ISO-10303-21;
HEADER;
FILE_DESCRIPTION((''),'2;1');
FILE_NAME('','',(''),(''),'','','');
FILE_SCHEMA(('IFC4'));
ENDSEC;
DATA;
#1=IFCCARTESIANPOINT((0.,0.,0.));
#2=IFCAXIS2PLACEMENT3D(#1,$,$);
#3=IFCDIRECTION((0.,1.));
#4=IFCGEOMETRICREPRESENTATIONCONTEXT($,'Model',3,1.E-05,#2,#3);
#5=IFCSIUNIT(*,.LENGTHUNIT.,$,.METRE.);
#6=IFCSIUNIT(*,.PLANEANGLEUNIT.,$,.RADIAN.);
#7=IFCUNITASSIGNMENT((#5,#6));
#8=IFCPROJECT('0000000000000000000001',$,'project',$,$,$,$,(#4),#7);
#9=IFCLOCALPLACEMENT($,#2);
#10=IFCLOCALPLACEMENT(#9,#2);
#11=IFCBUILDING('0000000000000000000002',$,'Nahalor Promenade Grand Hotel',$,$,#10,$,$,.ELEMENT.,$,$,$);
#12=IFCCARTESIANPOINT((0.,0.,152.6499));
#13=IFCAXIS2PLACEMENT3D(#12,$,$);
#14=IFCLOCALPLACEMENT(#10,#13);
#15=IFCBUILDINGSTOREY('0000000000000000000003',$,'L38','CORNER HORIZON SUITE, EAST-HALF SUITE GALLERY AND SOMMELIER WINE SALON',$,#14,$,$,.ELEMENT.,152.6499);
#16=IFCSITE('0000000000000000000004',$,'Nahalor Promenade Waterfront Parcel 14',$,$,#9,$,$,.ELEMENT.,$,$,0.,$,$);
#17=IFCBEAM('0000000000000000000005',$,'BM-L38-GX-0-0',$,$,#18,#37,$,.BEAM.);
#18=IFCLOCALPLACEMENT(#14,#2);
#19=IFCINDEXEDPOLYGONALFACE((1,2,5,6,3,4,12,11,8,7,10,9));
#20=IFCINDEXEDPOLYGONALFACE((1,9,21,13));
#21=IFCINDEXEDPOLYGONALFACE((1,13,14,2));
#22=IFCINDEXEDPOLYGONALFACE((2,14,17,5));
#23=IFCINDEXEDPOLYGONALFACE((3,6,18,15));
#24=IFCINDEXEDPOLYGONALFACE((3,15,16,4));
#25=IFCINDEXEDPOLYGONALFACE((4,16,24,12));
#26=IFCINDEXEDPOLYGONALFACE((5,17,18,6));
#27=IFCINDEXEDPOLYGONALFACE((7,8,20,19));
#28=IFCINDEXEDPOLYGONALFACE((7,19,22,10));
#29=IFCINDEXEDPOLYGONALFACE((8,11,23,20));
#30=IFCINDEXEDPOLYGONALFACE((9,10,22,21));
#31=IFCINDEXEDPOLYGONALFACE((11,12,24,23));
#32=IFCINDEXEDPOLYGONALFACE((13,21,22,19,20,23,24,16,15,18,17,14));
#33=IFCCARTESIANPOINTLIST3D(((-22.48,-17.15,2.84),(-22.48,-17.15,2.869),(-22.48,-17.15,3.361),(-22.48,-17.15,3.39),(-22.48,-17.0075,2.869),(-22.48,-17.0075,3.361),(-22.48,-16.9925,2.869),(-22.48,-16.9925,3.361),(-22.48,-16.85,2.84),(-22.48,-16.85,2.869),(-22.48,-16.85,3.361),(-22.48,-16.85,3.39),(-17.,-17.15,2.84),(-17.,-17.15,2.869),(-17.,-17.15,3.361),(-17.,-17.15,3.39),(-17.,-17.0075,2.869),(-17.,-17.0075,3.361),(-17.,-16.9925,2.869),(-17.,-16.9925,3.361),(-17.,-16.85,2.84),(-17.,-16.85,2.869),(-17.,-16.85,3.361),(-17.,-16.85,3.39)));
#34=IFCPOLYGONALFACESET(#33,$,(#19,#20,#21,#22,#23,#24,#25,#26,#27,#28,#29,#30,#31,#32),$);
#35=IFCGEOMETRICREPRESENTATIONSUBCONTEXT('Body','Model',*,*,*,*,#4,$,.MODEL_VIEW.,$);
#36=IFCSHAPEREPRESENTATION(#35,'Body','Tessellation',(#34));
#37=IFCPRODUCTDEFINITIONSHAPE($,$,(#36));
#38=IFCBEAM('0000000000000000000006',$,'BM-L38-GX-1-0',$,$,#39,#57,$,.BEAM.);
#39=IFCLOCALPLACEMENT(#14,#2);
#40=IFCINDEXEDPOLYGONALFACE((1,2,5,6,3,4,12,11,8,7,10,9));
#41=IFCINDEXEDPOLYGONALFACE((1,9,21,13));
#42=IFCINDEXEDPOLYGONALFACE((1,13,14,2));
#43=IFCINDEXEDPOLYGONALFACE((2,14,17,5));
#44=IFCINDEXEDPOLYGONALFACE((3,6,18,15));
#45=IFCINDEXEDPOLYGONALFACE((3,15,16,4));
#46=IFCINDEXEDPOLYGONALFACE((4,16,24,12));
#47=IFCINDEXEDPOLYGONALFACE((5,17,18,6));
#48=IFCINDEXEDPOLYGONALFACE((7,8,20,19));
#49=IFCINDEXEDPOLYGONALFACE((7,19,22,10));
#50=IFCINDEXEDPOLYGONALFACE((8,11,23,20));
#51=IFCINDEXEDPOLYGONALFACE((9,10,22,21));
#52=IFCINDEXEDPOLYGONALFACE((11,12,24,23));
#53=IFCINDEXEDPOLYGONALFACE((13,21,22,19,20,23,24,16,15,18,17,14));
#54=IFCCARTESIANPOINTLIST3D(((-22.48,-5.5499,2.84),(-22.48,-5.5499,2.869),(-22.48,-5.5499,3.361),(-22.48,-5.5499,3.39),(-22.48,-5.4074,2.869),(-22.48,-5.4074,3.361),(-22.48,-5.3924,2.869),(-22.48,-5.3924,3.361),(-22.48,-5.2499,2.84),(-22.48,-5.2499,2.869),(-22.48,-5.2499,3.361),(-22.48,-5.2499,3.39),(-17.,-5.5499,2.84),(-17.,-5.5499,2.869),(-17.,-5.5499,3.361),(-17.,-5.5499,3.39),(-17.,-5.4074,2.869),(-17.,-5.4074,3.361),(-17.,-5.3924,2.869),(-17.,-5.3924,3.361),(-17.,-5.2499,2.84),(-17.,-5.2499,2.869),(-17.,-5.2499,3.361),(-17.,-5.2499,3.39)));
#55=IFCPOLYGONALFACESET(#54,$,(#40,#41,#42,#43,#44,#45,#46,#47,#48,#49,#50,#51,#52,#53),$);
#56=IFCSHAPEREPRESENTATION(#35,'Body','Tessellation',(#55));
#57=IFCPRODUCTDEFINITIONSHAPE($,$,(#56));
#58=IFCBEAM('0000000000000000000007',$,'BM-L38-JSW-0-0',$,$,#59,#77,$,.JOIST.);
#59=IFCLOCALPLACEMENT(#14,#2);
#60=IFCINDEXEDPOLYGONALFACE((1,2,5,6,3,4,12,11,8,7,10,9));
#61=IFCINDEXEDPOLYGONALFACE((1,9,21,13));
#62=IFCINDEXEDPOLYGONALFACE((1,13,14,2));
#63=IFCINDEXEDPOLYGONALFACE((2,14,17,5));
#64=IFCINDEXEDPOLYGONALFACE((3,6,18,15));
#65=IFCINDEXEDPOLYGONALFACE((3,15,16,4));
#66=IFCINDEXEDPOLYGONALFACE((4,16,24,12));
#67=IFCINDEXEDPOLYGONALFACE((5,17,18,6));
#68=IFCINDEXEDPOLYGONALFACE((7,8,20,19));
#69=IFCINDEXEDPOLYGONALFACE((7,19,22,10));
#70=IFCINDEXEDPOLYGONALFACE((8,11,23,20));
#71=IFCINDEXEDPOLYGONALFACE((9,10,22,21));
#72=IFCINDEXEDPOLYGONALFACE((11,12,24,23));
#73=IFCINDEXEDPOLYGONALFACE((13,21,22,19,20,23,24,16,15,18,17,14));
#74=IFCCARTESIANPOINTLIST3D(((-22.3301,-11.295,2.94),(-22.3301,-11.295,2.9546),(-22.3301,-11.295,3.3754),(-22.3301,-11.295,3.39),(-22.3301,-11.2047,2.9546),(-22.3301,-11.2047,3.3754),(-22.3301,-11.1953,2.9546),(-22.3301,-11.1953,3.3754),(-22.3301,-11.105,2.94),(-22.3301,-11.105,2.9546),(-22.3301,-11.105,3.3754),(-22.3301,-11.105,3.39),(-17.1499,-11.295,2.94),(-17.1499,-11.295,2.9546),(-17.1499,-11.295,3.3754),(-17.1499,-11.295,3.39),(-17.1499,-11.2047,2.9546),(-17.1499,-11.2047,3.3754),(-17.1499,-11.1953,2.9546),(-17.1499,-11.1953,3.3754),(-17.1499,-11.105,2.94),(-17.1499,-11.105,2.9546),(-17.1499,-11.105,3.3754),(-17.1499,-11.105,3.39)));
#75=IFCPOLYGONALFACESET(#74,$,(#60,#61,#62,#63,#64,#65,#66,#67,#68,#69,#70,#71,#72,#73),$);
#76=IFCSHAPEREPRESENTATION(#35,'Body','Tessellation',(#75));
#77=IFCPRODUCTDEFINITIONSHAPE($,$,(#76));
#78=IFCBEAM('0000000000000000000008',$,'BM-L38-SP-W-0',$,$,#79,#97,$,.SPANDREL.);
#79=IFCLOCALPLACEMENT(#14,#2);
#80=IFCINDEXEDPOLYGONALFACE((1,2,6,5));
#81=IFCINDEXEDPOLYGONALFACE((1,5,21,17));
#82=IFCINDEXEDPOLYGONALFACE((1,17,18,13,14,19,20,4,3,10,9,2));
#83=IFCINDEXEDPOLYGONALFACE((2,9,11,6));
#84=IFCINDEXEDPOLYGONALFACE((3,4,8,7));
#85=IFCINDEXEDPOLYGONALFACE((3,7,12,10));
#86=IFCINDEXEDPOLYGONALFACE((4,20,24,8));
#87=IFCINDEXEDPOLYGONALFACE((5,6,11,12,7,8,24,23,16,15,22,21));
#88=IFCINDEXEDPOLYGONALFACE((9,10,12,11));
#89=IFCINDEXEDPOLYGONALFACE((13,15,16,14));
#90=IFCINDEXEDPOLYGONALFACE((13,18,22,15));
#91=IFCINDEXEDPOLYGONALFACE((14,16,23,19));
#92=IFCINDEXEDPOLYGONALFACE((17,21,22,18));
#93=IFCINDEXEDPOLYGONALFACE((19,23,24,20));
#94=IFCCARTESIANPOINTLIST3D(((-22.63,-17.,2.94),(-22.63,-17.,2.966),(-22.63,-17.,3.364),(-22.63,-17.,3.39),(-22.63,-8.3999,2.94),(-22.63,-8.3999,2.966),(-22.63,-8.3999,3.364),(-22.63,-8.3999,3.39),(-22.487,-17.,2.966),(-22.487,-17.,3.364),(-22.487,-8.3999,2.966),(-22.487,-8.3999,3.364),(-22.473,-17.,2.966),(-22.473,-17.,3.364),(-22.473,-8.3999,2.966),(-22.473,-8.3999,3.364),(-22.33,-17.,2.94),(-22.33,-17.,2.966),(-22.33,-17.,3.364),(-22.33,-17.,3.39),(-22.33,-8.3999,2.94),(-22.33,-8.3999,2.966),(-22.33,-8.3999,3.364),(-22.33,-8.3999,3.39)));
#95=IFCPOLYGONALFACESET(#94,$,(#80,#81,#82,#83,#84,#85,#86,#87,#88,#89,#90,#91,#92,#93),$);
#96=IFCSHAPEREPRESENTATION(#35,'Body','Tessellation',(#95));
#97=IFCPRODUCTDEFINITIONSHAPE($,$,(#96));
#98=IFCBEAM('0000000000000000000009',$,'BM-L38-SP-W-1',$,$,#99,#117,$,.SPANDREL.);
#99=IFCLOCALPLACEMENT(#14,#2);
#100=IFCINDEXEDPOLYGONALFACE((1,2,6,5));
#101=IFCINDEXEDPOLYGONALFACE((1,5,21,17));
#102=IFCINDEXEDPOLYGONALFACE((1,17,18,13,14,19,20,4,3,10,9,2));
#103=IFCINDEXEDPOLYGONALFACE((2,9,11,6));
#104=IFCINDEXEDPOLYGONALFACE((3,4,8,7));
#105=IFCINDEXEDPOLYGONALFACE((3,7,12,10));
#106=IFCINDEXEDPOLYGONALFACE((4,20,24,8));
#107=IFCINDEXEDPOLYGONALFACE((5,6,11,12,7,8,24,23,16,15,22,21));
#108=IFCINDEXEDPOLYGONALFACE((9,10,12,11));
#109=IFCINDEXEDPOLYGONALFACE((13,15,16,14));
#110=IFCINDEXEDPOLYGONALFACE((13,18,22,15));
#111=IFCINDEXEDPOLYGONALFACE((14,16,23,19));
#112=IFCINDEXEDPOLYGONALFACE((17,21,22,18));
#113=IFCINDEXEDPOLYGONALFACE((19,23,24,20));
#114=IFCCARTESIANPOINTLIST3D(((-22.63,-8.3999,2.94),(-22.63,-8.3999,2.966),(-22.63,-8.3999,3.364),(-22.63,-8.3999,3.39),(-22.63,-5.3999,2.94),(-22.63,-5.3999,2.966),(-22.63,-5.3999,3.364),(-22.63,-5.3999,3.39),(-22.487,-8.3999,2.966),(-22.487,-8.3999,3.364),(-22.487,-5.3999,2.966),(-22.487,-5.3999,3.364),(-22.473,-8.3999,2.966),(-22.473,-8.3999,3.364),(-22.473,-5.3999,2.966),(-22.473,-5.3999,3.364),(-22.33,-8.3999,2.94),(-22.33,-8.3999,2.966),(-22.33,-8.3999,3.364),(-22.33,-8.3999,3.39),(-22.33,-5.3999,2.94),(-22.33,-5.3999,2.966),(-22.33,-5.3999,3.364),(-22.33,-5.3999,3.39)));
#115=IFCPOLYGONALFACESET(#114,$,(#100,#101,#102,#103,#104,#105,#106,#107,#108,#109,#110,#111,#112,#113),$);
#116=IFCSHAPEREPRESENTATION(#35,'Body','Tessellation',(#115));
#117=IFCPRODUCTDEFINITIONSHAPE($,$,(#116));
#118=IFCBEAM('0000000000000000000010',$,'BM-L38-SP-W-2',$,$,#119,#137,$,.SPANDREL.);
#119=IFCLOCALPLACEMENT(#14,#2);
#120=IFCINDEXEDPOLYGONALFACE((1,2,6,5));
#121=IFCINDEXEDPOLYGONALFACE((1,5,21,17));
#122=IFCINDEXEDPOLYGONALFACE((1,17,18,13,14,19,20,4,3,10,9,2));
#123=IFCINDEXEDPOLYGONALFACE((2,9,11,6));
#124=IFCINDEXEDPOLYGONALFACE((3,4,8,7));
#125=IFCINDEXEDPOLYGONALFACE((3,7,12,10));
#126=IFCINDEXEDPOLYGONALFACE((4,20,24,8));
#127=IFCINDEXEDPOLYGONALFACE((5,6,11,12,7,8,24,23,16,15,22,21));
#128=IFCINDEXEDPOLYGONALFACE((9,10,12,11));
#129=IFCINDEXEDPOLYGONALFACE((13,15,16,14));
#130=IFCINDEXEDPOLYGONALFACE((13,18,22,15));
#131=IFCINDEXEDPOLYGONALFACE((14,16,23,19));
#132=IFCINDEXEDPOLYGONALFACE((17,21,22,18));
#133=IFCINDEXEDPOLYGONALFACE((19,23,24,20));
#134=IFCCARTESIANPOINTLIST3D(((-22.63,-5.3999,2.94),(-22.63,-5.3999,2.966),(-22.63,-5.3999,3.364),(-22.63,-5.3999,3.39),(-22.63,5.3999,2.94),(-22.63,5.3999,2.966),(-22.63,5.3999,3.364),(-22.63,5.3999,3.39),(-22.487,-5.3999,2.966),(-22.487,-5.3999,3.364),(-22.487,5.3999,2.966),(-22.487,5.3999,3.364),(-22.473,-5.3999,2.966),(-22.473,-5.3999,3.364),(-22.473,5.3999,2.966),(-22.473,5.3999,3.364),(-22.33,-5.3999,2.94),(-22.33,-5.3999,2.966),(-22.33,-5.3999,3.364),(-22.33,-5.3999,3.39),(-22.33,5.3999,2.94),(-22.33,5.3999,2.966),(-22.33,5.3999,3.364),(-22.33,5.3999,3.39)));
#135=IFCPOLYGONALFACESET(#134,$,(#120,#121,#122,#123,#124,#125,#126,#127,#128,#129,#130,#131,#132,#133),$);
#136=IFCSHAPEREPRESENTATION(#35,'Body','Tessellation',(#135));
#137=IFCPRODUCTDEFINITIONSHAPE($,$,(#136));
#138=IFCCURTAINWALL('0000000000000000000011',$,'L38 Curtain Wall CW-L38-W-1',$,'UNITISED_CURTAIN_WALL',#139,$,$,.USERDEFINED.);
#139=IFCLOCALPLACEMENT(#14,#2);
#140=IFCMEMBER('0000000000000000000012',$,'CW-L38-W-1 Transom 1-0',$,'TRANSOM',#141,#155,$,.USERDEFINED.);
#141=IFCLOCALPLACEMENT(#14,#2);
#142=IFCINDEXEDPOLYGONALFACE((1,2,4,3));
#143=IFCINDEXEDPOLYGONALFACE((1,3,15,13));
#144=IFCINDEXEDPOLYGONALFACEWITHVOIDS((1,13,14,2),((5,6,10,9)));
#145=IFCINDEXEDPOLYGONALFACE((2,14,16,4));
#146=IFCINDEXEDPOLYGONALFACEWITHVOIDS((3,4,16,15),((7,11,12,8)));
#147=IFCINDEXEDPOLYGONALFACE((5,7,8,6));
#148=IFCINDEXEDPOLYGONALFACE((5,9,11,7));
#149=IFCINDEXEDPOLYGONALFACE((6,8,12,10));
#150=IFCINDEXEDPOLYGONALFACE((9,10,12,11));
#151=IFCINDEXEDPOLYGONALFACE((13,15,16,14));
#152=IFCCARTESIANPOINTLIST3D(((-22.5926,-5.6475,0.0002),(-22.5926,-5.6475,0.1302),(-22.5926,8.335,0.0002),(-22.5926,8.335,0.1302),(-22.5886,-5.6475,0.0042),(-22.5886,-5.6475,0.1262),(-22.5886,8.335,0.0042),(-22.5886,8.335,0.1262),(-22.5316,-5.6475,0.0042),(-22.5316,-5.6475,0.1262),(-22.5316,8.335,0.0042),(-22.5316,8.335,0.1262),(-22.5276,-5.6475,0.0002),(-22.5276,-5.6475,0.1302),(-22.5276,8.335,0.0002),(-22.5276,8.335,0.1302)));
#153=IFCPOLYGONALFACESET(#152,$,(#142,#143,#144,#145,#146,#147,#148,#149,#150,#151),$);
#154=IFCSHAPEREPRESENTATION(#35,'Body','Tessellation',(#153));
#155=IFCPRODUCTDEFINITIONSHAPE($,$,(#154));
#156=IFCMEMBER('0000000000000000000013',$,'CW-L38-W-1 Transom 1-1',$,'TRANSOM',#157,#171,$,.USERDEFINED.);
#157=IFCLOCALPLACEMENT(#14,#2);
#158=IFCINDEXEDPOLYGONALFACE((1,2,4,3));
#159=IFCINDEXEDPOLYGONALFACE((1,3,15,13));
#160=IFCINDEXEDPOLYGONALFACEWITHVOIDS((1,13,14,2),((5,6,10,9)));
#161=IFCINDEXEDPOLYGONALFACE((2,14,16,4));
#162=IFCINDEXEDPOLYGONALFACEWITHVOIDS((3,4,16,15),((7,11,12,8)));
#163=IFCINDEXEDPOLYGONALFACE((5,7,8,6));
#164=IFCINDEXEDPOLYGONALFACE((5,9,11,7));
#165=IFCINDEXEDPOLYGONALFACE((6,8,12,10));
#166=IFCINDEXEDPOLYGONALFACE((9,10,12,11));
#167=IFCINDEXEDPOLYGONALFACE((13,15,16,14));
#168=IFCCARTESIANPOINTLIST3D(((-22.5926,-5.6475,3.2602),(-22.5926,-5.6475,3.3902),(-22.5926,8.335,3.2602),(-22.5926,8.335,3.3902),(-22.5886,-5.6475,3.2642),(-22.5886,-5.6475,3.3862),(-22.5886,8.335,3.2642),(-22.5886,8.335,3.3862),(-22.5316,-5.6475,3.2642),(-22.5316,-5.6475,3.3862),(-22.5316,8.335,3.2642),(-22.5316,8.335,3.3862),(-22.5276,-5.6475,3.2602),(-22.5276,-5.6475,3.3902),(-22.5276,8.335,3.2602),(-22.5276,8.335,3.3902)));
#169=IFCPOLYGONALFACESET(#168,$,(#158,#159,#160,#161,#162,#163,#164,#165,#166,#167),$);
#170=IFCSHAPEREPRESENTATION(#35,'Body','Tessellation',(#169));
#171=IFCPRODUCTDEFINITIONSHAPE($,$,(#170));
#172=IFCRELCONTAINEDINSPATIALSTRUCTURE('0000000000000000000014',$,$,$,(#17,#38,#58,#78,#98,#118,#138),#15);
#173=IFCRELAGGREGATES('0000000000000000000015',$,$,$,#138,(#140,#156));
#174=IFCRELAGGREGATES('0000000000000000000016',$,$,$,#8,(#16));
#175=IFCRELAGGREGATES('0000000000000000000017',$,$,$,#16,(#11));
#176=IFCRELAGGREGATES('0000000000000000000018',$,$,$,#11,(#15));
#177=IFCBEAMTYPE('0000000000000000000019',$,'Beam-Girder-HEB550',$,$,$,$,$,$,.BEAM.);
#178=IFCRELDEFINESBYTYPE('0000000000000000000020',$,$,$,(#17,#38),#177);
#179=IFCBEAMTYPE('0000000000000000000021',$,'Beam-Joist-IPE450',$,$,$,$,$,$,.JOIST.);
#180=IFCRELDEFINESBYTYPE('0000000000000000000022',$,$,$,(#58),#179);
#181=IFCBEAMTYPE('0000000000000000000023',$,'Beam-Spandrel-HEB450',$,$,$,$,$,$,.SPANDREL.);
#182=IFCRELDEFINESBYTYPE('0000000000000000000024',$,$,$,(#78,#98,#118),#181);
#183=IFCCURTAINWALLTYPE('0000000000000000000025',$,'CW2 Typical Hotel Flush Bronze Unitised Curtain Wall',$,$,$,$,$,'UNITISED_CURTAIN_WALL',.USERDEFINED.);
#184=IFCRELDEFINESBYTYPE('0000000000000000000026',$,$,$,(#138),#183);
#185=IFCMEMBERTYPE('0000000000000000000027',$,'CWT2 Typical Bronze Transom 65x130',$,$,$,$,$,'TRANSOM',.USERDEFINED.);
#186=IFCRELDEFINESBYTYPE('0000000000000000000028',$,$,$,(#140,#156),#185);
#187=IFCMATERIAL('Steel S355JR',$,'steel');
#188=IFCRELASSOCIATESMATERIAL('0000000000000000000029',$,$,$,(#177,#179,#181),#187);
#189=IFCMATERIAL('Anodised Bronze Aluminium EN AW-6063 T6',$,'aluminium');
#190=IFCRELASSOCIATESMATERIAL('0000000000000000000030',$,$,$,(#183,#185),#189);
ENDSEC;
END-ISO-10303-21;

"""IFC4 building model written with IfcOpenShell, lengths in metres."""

from ifc_helpers import new_model, si_unit, direction, frame, origin, origin_2d, place, context, subcontext, project, spatial, hollow_rectangle, i_section, extrude, source, transform, mapped, material, material_profile, profile_set, type_object, element, aggregate, save


model = new_model("IFC4")

# Units and contexts
model_context = context("Model", 3, precision=1e-05, world=origin(), true_north=direction((0.0, 1.0)))
body_context = subcontext(model_context, "Body", "Model", "MODEL_VIEW")
ifc_project = project(units=[si_unit("LENGTHUNIT", "METRE"), si_unit("PLANEANGLEUNIT", "RADIAN")], contexts=[model_context])

# Site, building, storey
site_placement = place(None, origin())
site = spatial("IfcSite", under=ifc_project, at=site_placement, Name="Nahalor Promenade Waterfront Parcel 14", CompositionType="ELEMENT", RefElevation=0.0)
building_placement = place(site_placement, origin())
building = spatial("IfcBuilding", under=site, at=building_placement, Name="Nahalor Promenade Grand Hotel", CompositionType="ELEMENT")
storey_placement = place(building_placement, frame((0.0, 0.0, 152.6499)))
storey = spatial("IfcBuildingStorey", under=building, at=storey_placement, Name="L38", Description="CORNER HORIZON SUITE, EAST-HALF SUITE GALLERY AND SOMMELIER WINE SALON", CompositionType="ELEMENT", Elevation=152.6499)

# Beams
ifc_material_1 = material(Name="Steel S355JR", Category="steel")
ifc_material_profile_1 = material_profile(ifc_material_1, i_section(OverallWidth=0.3, OverallDepth=0.55, WebThickness=0.015, FlangeThickness=0.029, at=origin_2d()), Name="HEB 550")
ifc_profile_set_1 = profile_set([ifc_material_profile_1], Name="Steel S355JR")
beam_type_1 = type_object("IfcBeamType", Name="Beam-Girder-HEB550", PredefinedType="BEAM", material=ifc_profile_set_1)
ifc_material_profile_2 = material_profile(ifc_material_1, i_section(OverallWidth=0.19, OverallDepth=0.45, WebThickness=0.0094, FlangeThickness=0.0146, at=origin_2d()), Name="IPE 450")
ifc_profile_set_2 = profile_set([ifc_material_profile_2], Name="Steel S355JR")
beam_type_2 = type_object("IfcBeamType", Name="Beam-Joist-IPE450", PredefinedType="JOIST", material=ifc_profile_set_2)
shared_shape_1 = source(origin(), body_context, "Body", "SweptSolid", [
    extrude(i_section(OverallWidth=0.3, OverallDepth=0.55, WebThickness=0.015, FlangeThickness=0.029, at=origin_2d()), origin(), (0.0, 0.0, 1.0), 5.48),
])
for number, where, z_axis, x_axis, name in (
    (1, (-22.48, -17.0, 3.115), (1.0, 0.0, 0.0), (0.0, 1.0, 0.0), "BM-L38-GX-0-0"),
    (2, (-22.48, -5.3999, 3.115), (1.0, 0.0, 0.0), (0.0, 1.0, 0.0), "BM-L38-GX-1-0"),
):
    element("IfcBeam", number, at=place(storey_placement, frame(where, z_axis=z_axis, x_axis=x_axis)), inside=storey, type_object=beam_type_1, Name=name, PredefinedType="BEAM", context=body_context, shape_type="MappedRepresentation", body=[
        mapped(shared_shape_1, transform((0.0, 0.0, 0.0), scale=1.0)),
    ])
shared_shape_2 = source(origin(), body_context, "Body", "SweptSolid", [
    extrude(i_section(OverallWidth=0.19, OverallDepth=0.45, WebThickness=0.0094, FlangeThickness=0.0146, at=origin_2d()), origin(), (0.0, 0.0, 1.0), 5.1802),
])
beam_1_placement = place(storey_placement, frame((-22.3301, -11.2, 3.165), z_axis=(1.0, 0.0, 0.0), x_axis=(0.0, 1.0, 0.0)))
element("IfcBeam", 3, at=beam_1_placement, inside=storey, type_object=beam_type_2, Name="BM-L38-JSW-0-0", PredefinedType="JOIST", context=body_context, shape_type="MappedRepresentation", body=[
    mapped(shared_shape_2, transform((0.0, 0.0, 0.0), scale=1.0)),
])
ifc_material_profile_3 = material_profile(ifc_material_1, i_section(OverallWidth=0.3, OverallDepth=0.45, WebThickness=0.014, FlangeThickness=0.026, at=origin_2d()), Name="HEB 450")
ifc_profile_set_3 = profile_set([ifc_material_profile_3], Name="Steel S355JR")
beam_type_3 = type_object("IfcBeamType", Name="Beam-Spandrel-HEB450", PredefinedType="SPANDREL", material=ifc_profile_set_3)
shared_shape_3 = source(origin(), body_context, "Body", "SweptSolid", [
    extrude(i_section(OverallWidth=0.3, OverallDepth=0.45, WebThickness=0.014, FlangeThickness=0.026, at=origin_2d()), origin(), (0.0, 0.0, 1.0), 8.6001),
])
beam_2_placement = place(storey_placement, frame((-22.48, -17.0, 3.165), z_axis=(0.0, 1.0, 0.0), x_axis=(-1.0, 0.0, 0.0)))
element("IfcBeam", 4, at=beam_2_placement, inside=storey, type_object=beam_type_3, Name="BM-L38-SP-W-0", PredefinedType="SPANDREL", context=body_context, shape_type="MappedRepresentation", body=[
    mapped(shared_shape_3, transform((0.0, 0.0, 0.0), scale=1.0)),
])
shared_shape_4 = source(origin(), body_context, "Body", "SweptSolid", [
    extrude(i_section(OverallWidth=0.3, OverallDepth=0.45, WebThickness=0.014, FlangeThickness=0.026, at=origin_2d()), origin(), (0.0, 0.0, 1.0), 3.0),
])
beam_3_placement = place(storey_placement, frame((-22.48, -8.3999, 3.165), z_axis=(0.0, 1.0, 0.0), x_axis=(-1.0, 0.0, 0.0)))
element("IfcBeam", 5, at=beam_3_placement, inside=storey, type_object=beam_type_3, Name="BM-L38-SP-W-1", PredefinedType="SPANDREL", context=body_context, shape_type="MappedRepresentation", body=[
    mapped(shared_shape_4, transform((0.0, 0.0, 0.0), scale=1.0)),
])
shared_shape_5 = source(origin(), body_context, "Body", "SweptSolid", [
    extrude(i_section(OverallWidth=0.3, OverallDepth=0.45, WebThickness=0.014, FlangeThickness=0.026, at=origin_2d()), origin(), (0.0, 0.0, 1.0), 10.7998),
])
beam_4_placement = place(storey_placement, frame((-22.48, -5.3999, 3.165), z_axis=(0.0, 1.0, 0.0), x_axis=(-1.0, 0.0, 0.0)))
element("IfcBeam", 6, at=beam_4_placement, inside=storey, type_object=beam_type_3, Name="BM-L38-SP-W-2", PredefinedType="SPANDREL", context=body_context, shape_type="MappedRepresentation", body=[
    mapped(shared_shape_5, transform((0.0, 0.0, 0.0), scale=1.0)),
])

# Curtain wall, members
ifc_material_2 = material(Name="Anodised Bronze Aluminium EN AW-6063 T6", Category="aluminium")
curtain_wall_type = type_object("IfcCurtainWallType", Name="CW2 Typical Hotel Flush Bronze Unitised Curtain Wall", ElementType="UNITISED_CURTAIN_WALL", PredefinedType="USERDEFINED", material=ifc_material_2)
curtain_wall_placement = place(storey_placement, origin())
curtain_wall = element("IfcCurtainWall", 7, at=curtain_wall_placement, inside=storey, type_object=curtain_wall_type, Name="L38 Curtain Wall CW-L38-W-1", ObjectType="UNITISED_CURTAIN_WALL", PredefinedType="USERDEFINED")
ifc_material_profile_4 = material_profile(ifc_material_2, hollow_rectangle(XDim=0.065, YDim=0.13, WallThickness=0.004, at=origin_2d()), Name="CWT 65x130x4")
ifc_profile_set_4 = profile_set([ifc_material_profile_4], Name="Anodised Bronze Aluminium EN AW-6063 T6")
member_type_1 = type_object("IfcMemberType", Name="CWT2 Typical Bronze Transom 65x130", ElementType="TRANSOM", PredefinedType="USERDEFINED", material=ifc_profile_set_4)
shared_shape_6 = source(origin(), body_context, "Body", "SweptSolid", [
    extrude(hollow_rectangle(XDim=0.065, YDim=0.13, WallThickness=0.004, at=origin_2d()), origin(), (0.0, 0.0, 1.0), 13.9824),
])
member_1_placement = place(storey_placement, frame((-22.5601, -5.6475, 0.0652), z_axis=(0.0, 1.0, 0.0), x_axis=(-1.0, 0.0, 0.0)))
member_1 = element("IfcMember", 8, at=member_1_placement, type_object=member_type_1, Name="CW-L38-W-1 Transom 1-0", ObjectType="TRANSOM", PredefinedType="USERDEFINED", context=body_context, shape_type="MappedRepresentation", body=[
    mapped(shared_shape_6, transform((0.0, 0.0, 0.0), scale=1.0)),
])
member_2_placement = place(storey_placement, frame((-22.5601, -5.6475, 3.3252), z_axis=(0.0, 1.0, 0.0), x_axis=(-1.0, 0.0, 0.0)))
member_2 = element("IfcMember", 9, at=member_2_placement, type_object=member_type_1, Name="CW-L38-W-1 Transom 1-1", ObjectType="TRANSOM", PredefinedType="USERDEFINED", context=body_context, shape_type="MappedRepresentation", body=[
    mapped(shared_shape_6, transform((0.0, 0.0, 0.0), scale=1.0)),
])
aggregate(curtain_wall, [member_1, member_2])

save(model, "model.ifc")
